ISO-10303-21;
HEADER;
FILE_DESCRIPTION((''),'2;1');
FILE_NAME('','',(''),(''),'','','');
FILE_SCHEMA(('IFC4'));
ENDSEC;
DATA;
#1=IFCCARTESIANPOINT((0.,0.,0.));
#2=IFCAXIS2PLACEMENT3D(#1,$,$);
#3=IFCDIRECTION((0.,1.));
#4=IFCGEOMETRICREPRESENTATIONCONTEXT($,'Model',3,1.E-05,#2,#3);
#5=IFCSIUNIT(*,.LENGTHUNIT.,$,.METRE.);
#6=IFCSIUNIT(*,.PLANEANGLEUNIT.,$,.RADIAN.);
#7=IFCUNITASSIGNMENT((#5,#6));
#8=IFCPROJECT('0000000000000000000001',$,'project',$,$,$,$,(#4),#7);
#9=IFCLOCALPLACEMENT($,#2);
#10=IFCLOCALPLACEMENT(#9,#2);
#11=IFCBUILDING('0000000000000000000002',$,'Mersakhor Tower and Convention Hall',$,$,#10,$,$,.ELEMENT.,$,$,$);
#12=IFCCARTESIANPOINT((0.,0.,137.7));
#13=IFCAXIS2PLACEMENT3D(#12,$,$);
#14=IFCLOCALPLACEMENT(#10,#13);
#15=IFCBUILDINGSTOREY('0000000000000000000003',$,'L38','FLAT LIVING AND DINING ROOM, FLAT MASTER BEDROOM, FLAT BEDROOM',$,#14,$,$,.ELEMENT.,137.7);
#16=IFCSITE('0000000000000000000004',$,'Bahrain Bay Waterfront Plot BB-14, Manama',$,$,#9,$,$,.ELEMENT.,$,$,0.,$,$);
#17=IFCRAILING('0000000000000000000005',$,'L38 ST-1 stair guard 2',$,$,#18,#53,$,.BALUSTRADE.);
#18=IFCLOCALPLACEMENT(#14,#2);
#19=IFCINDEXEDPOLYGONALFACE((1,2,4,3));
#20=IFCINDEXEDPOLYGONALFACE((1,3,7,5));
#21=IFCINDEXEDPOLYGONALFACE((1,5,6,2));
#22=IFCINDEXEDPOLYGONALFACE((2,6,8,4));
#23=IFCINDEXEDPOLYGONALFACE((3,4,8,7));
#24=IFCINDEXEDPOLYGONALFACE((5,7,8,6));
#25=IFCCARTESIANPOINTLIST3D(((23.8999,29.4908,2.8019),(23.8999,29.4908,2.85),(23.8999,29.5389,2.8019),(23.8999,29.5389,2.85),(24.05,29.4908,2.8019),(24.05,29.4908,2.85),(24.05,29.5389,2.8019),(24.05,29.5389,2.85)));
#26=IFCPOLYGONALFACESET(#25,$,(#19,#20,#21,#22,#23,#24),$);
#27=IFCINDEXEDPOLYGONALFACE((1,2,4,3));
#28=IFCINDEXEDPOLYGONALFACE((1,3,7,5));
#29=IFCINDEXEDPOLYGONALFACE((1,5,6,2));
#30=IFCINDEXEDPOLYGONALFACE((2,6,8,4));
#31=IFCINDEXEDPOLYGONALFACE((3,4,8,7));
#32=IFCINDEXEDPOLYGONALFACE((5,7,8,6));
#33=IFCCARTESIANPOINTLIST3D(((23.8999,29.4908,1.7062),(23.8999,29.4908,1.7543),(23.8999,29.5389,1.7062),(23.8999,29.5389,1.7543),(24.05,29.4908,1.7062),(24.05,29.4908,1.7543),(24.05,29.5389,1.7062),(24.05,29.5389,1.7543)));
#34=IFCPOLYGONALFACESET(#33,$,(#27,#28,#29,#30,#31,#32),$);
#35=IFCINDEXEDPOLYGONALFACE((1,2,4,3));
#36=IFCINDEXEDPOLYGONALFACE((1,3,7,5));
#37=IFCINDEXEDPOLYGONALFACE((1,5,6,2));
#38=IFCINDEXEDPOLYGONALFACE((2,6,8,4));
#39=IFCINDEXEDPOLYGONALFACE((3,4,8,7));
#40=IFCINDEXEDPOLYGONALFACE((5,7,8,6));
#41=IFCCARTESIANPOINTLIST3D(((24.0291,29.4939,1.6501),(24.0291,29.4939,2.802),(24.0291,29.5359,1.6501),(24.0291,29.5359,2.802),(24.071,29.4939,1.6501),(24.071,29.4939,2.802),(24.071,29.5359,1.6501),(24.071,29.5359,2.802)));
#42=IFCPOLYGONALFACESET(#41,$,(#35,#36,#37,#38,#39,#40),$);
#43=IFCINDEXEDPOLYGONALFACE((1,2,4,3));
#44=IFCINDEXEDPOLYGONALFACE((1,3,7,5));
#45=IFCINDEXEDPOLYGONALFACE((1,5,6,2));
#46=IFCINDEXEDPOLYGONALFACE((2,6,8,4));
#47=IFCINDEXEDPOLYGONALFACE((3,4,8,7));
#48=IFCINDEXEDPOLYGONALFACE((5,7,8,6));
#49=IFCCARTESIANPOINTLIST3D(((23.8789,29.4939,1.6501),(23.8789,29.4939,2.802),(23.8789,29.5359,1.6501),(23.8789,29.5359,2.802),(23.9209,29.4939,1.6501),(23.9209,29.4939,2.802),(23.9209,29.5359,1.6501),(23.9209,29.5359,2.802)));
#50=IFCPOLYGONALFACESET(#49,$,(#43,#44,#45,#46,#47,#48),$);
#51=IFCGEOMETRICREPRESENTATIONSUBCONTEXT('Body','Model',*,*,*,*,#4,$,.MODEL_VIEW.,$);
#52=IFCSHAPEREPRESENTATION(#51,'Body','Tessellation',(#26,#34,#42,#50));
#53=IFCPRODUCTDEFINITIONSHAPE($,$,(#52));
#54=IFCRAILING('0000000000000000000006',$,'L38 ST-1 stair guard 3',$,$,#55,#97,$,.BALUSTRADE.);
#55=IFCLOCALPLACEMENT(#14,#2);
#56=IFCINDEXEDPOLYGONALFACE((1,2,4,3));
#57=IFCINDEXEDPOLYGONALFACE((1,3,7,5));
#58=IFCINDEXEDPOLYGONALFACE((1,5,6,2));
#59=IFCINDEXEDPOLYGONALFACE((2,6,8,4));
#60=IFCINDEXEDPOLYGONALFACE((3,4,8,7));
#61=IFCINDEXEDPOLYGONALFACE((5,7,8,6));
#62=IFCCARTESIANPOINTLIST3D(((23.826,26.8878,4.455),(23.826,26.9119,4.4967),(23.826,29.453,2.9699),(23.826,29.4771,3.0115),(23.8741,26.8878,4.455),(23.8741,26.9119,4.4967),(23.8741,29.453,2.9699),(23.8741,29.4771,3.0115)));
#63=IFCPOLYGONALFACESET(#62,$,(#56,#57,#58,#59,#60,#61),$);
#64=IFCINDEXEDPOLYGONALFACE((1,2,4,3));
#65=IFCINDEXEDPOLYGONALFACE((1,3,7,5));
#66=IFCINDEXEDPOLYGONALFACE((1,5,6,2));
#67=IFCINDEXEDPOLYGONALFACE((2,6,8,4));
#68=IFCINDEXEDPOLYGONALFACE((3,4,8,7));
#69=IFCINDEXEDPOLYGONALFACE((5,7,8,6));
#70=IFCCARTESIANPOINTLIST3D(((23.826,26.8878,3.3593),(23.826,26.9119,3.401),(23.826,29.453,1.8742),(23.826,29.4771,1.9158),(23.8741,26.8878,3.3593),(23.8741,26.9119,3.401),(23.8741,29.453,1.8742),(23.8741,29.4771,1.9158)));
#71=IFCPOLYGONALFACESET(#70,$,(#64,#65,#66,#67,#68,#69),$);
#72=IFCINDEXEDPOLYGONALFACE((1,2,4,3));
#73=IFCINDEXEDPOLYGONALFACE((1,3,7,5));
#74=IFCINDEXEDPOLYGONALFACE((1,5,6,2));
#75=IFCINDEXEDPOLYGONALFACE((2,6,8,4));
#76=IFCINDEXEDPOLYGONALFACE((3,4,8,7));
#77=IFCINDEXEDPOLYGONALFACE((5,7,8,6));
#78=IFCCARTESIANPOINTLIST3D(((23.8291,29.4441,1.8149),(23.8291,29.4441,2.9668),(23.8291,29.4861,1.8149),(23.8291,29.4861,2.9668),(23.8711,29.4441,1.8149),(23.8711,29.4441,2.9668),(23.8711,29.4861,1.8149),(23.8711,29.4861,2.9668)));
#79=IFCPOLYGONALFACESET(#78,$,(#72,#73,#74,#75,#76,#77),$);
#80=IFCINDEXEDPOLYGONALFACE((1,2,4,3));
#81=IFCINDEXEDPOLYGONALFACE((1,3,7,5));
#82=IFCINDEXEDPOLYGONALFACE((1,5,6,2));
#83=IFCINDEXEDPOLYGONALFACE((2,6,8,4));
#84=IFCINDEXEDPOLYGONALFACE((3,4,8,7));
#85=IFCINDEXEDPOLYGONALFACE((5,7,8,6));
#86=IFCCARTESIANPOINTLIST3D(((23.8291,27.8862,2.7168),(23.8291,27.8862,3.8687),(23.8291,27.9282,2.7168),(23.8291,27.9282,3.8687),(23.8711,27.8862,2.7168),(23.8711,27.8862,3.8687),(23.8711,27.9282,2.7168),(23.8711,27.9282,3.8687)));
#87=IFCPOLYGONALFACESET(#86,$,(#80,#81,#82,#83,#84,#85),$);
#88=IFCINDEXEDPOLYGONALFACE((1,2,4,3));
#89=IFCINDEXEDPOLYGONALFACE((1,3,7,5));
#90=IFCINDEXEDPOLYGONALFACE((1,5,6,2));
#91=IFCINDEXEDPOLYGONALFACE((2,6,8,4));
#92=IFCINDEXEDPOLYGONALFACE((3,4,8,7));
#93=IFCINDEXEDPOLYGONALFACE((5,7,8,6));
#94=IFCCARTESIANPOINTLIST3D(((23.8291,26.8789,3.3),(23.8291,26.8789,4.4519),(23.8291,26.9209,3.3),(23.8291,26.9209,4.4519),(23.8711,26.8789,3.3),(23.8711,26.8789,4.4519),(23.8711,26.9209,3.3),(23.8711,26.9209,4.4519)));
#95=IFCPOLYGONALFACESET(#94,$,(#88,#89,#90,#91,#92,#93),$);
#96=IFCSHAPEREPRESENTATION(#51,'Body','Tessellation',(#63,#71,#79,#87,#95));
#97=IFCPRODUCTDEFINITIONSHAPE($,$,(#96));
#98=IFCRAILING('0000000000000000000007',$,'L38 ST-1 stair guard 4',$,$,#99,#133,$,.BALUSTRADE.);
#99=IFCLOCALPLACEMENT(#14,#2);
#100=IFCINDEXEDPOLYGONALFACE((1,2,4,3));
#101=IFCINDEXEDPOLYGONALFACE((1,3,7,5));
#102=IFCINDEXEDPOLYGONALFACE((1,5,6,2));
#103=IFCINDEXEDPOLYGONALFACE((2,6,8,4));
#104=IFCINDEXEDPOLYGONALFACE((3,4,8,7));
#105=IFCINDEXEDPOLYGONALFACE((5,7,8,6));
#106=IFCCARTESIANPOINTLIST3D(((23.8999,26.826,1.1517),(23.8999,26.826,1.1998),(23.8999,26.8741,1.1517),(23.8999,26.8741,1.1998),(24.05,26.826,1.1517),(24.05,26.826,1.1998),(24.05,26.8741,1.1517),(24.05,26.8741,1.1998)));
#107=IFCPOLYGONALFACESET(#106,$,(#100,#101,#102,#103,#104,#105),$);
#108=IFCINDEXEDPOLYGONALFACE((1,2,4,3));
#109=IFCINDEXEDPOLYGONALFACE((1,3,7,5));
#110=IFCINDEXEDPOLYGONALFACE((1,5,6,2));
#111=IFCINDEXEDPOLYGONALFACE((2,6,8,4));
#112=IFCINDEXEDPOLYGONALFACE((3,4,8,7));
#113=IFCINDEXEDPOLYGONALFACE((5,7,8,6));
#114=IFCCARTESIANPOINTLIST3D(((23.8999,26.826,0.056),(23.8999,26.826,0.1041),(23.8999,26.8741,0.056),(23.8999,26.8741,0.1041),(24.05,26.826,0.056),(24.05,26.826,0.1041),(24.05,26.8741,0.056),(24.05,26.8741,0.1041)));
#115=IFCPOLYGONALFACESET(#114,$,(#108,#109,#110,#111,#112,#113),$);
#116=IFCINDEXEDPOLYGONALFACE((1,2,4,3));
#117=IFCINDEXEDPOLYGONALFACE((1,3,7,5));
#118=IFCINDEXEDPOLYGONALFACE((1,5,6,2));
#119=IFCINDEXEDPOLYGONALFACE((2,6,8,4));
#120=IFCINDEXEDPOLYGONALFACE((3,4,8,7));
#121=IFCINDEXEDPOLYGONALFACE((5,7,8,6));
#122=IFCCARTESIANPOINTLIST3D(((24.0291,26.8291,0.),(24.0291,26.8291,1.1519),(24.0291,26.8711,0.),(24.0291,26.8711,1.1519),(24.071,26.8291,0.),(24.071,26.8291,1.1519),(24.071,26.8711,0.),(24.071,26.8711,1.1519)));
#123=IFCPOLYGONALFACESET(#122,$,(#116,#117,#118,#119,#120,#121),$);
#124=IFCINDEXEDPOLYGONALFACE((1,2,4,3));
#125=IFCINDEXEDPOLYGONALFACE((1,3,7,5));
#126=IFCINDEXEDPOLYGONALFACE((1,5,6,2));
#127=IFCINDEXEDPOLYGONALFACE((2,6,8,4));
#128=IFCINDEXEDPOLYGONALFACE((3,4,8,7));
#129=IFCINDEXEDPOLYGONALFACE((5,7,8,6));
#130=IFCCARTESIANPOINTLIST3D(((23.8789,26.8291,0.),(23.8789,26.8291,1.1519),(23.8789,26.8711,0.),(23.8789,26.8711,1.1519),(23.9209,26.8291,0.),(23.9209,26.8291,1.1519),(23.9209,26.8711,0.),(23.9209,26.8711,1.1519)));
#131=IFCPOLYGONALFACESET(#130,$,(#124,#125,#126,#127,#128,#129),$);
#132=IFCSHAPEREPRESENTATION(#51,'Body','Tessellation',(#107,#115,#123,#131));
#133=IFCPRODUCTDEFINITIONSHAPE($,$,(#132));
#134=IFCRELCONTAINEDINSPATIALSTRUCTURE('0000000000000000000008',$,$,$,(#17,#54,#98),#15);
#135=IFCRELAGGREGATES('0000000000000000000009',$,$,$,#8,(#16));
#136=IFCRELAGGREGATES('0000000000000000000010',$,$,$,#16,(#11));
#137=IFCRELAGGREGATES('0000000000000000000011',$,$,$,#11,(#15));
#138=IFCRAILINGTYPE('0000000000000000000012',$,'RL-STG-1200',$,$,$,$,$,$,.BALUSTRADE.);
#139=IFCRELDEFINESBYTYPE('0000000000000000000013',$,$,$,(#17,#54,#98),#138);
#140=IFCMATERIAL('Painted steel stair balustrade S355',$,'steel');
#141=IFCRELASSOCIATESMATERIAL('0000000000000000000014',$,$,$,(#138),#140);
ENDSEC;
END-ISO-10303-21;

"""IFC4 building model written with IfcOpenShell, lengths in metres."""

from ifc_helpers import new_model, si_unit, direction, frame, origin, origin_2d, place, context, subcontext, project, spatial, rectangle, extrude, material, type_object, element, save


model = new_model("IFC4")

# Units and contexts
model_context = context("Model", 3, precision=1e-05, world=origin(), true_north=direction((0.0, 1.0)))
body_context = subcontext(model_context, "Body", "Model", "MODEL_VIEW")
ifc_project = project(units=[si_unit("LENGTHUNIT", "METRE"), si_unit("PLANEANGLEUNIT", "RADIAN")], contexts=[model_context])

# Site, building, storey
site_placement = place(None, origin())
site = spatial("IfcSite", under=ifc_project, at=site_placement, Name="Bahrain Bay Waterfront Plot BB-14, Manama", CompositionType="ELEMENT", RefElevation=0.0)
building_placement = place(site_placement, origin())
building = spatial("IfcBuilding", under=site, at=building_placement, Name="Mersakhor Tower and Convention Hall", CompositionType="ELEMENT")
storey_placement = place(building_placement, frame((0.0, 0.0, 137.7)))
storey = spatial("IfcBuildingStorey", under=building, at=storey_placement, Name="L38", Description="FLAT LIVING AND DINING ROOM, FLAT MASTER BEDROOM, FLAT BEDROOM", CompositionType="ELEMENT", Elevation=137.7)

# Railings
ifc_material_1 = material(Name="Painted steel stair balustrade S355", Category="steel")
railing_type_1 = type_object("IfcRailingType", Name="RL-STG-1200", PredefinedType="BALUSTRADE", material=ifc_material_1)
railing_1_placement = place(storey_placement, frame((24.05, 29.5149, 1.6501)))
element("IfcRailing", 1, at=railing_1_placement, inside=storey, type_object=railing_type_1, Name="L38 ST-1 stair guard 2", PredefinedType="BALUSTRADE", context=body_context, shape_type="SweptSolid", body=[
    extrude(rectangle(XDim=0.0481, YDim=0.0481, at=origin_2d()), frame((0.0, 0.0, 1.1758), z_axis=(-1.0, 0.0, 0.0), x_axis=(0.0, -1.0, 0.0)), (0.0, 0.0, 1.0), 0.1501),
    extrude(rectangle(XDim=0.0481, YDim=0.0481, at=origin_2d()), frame((0.0, 0.0, 0.0801), z_axis=(-1.0, 0.0, 0.0), x_axis=(0.0, -1.0, 0.0)), (0.0, 0.0, 1.0), 0.1501),
    extrude(rectangle(XDim=0.042, YDim=0.042, at=origin_2d()), origin(), (0.0, 0.0, 1.0), 1.1519),
    extrude(rectangle(XDim=0.042, YDim=0.042, at=origin_2d()), frame((-0.1501, 0.0, 0.0)), (0.0, 0.0, 1.0), 1.1519),
])
railing_2_placement = place(storey_placement, frame((23.8501, 29.4651, 1.8149)))
element("IfcRailing", 2, at=railing_2_placement, inside=storey, type_object=railing_type_1, Name="L38 ST-1 stair guard 3", PredefinedType="BALUSTRADE", context=body_context, shape_type="SweptSolid", body=[
    extrude(rectangle(XDim=0.0481, YDim=0.0481, at=origin_2d()), frame((0.0, 0.0, 1.1758), z_axis=(0.0, -0.865426, 0.501036), x_axis=(1.0, 0.0, 0.0)), (0.0, 0.0, 1.0), 2.9641),
    extrude(rectangle(XDim=0.0481, YDim=0.0481, at=origin_2d()), frame((0.0, 0.0, 0.0801), z_axis=(0.0, -0.865426, 0.501036), x_axis=(1.0, 0.0, 0.0)), (0.0, 0.0, 1.0), 2.9641),
    extrude(rectangle(XDim=0.042, YDim=0.042, at=origin_2d()), origin(), (0.0, 0.0, 1.0), 1.1519),
    extrude(rectangle(XDim=0.042, YDim=0.042, at=origin_2d()), frame((0.0, -1.5579, 0.9019)), (0.0, 0.0, 1.0), 1.1519),
    extrude(rectangle(XDim=0.042, YDim=0.042, at=origin_2d()), frame((0.0, -2.5652, 1.4851)), (0.0, 0.0, 1.0), 1.1519),
])
railing_3_placement = place(storey_placement, frame((24.05, 26.8501, 0.0)))
element("IfcRailing", 3, at=railing_3_placement, inside=storey, type_object=railing_type_1, Name="L38 ST-1 stair guard 4", PredefinedType="BALUSTRADE", context=body_context, shape_type="SweptSolid", body=[
    extrude(rectangle(XDim=0.0481, YDim=0.0481, at=origin_2d()), frame((0.0, 0.0, 1.1758), z_axis=(-1.0, 0.0, 0.0), x_axis=(0.0, -1.0, 0.0)), (0.0, 0.0, 1.0), 0.1501),
    extrude(rectangle(XDim=0.0481, YDim=0.0481, at=origin_2d()), frame((0.0, 0.0, 0.0801), z_axis=(-1.0, 0.0, 0.0), x_axis=(0.0, -1.0, 0.0)), (0.0, 0.0, 1.0), 0.1501),
    extrude(rectangle(XDim=0.042, YDim=0.042, at=origin_2d()), origin(), (0.0, 0.0, 1.0), 1.1519),
    extrude(rectangle(XDim=0.042, YDim=0.042, at=origin_2d()), frame((-0.1501, 0.0, 0.0)), (0.0, 0.0, 1.0), 1.1519),
])

save(model, "model.ifc")
